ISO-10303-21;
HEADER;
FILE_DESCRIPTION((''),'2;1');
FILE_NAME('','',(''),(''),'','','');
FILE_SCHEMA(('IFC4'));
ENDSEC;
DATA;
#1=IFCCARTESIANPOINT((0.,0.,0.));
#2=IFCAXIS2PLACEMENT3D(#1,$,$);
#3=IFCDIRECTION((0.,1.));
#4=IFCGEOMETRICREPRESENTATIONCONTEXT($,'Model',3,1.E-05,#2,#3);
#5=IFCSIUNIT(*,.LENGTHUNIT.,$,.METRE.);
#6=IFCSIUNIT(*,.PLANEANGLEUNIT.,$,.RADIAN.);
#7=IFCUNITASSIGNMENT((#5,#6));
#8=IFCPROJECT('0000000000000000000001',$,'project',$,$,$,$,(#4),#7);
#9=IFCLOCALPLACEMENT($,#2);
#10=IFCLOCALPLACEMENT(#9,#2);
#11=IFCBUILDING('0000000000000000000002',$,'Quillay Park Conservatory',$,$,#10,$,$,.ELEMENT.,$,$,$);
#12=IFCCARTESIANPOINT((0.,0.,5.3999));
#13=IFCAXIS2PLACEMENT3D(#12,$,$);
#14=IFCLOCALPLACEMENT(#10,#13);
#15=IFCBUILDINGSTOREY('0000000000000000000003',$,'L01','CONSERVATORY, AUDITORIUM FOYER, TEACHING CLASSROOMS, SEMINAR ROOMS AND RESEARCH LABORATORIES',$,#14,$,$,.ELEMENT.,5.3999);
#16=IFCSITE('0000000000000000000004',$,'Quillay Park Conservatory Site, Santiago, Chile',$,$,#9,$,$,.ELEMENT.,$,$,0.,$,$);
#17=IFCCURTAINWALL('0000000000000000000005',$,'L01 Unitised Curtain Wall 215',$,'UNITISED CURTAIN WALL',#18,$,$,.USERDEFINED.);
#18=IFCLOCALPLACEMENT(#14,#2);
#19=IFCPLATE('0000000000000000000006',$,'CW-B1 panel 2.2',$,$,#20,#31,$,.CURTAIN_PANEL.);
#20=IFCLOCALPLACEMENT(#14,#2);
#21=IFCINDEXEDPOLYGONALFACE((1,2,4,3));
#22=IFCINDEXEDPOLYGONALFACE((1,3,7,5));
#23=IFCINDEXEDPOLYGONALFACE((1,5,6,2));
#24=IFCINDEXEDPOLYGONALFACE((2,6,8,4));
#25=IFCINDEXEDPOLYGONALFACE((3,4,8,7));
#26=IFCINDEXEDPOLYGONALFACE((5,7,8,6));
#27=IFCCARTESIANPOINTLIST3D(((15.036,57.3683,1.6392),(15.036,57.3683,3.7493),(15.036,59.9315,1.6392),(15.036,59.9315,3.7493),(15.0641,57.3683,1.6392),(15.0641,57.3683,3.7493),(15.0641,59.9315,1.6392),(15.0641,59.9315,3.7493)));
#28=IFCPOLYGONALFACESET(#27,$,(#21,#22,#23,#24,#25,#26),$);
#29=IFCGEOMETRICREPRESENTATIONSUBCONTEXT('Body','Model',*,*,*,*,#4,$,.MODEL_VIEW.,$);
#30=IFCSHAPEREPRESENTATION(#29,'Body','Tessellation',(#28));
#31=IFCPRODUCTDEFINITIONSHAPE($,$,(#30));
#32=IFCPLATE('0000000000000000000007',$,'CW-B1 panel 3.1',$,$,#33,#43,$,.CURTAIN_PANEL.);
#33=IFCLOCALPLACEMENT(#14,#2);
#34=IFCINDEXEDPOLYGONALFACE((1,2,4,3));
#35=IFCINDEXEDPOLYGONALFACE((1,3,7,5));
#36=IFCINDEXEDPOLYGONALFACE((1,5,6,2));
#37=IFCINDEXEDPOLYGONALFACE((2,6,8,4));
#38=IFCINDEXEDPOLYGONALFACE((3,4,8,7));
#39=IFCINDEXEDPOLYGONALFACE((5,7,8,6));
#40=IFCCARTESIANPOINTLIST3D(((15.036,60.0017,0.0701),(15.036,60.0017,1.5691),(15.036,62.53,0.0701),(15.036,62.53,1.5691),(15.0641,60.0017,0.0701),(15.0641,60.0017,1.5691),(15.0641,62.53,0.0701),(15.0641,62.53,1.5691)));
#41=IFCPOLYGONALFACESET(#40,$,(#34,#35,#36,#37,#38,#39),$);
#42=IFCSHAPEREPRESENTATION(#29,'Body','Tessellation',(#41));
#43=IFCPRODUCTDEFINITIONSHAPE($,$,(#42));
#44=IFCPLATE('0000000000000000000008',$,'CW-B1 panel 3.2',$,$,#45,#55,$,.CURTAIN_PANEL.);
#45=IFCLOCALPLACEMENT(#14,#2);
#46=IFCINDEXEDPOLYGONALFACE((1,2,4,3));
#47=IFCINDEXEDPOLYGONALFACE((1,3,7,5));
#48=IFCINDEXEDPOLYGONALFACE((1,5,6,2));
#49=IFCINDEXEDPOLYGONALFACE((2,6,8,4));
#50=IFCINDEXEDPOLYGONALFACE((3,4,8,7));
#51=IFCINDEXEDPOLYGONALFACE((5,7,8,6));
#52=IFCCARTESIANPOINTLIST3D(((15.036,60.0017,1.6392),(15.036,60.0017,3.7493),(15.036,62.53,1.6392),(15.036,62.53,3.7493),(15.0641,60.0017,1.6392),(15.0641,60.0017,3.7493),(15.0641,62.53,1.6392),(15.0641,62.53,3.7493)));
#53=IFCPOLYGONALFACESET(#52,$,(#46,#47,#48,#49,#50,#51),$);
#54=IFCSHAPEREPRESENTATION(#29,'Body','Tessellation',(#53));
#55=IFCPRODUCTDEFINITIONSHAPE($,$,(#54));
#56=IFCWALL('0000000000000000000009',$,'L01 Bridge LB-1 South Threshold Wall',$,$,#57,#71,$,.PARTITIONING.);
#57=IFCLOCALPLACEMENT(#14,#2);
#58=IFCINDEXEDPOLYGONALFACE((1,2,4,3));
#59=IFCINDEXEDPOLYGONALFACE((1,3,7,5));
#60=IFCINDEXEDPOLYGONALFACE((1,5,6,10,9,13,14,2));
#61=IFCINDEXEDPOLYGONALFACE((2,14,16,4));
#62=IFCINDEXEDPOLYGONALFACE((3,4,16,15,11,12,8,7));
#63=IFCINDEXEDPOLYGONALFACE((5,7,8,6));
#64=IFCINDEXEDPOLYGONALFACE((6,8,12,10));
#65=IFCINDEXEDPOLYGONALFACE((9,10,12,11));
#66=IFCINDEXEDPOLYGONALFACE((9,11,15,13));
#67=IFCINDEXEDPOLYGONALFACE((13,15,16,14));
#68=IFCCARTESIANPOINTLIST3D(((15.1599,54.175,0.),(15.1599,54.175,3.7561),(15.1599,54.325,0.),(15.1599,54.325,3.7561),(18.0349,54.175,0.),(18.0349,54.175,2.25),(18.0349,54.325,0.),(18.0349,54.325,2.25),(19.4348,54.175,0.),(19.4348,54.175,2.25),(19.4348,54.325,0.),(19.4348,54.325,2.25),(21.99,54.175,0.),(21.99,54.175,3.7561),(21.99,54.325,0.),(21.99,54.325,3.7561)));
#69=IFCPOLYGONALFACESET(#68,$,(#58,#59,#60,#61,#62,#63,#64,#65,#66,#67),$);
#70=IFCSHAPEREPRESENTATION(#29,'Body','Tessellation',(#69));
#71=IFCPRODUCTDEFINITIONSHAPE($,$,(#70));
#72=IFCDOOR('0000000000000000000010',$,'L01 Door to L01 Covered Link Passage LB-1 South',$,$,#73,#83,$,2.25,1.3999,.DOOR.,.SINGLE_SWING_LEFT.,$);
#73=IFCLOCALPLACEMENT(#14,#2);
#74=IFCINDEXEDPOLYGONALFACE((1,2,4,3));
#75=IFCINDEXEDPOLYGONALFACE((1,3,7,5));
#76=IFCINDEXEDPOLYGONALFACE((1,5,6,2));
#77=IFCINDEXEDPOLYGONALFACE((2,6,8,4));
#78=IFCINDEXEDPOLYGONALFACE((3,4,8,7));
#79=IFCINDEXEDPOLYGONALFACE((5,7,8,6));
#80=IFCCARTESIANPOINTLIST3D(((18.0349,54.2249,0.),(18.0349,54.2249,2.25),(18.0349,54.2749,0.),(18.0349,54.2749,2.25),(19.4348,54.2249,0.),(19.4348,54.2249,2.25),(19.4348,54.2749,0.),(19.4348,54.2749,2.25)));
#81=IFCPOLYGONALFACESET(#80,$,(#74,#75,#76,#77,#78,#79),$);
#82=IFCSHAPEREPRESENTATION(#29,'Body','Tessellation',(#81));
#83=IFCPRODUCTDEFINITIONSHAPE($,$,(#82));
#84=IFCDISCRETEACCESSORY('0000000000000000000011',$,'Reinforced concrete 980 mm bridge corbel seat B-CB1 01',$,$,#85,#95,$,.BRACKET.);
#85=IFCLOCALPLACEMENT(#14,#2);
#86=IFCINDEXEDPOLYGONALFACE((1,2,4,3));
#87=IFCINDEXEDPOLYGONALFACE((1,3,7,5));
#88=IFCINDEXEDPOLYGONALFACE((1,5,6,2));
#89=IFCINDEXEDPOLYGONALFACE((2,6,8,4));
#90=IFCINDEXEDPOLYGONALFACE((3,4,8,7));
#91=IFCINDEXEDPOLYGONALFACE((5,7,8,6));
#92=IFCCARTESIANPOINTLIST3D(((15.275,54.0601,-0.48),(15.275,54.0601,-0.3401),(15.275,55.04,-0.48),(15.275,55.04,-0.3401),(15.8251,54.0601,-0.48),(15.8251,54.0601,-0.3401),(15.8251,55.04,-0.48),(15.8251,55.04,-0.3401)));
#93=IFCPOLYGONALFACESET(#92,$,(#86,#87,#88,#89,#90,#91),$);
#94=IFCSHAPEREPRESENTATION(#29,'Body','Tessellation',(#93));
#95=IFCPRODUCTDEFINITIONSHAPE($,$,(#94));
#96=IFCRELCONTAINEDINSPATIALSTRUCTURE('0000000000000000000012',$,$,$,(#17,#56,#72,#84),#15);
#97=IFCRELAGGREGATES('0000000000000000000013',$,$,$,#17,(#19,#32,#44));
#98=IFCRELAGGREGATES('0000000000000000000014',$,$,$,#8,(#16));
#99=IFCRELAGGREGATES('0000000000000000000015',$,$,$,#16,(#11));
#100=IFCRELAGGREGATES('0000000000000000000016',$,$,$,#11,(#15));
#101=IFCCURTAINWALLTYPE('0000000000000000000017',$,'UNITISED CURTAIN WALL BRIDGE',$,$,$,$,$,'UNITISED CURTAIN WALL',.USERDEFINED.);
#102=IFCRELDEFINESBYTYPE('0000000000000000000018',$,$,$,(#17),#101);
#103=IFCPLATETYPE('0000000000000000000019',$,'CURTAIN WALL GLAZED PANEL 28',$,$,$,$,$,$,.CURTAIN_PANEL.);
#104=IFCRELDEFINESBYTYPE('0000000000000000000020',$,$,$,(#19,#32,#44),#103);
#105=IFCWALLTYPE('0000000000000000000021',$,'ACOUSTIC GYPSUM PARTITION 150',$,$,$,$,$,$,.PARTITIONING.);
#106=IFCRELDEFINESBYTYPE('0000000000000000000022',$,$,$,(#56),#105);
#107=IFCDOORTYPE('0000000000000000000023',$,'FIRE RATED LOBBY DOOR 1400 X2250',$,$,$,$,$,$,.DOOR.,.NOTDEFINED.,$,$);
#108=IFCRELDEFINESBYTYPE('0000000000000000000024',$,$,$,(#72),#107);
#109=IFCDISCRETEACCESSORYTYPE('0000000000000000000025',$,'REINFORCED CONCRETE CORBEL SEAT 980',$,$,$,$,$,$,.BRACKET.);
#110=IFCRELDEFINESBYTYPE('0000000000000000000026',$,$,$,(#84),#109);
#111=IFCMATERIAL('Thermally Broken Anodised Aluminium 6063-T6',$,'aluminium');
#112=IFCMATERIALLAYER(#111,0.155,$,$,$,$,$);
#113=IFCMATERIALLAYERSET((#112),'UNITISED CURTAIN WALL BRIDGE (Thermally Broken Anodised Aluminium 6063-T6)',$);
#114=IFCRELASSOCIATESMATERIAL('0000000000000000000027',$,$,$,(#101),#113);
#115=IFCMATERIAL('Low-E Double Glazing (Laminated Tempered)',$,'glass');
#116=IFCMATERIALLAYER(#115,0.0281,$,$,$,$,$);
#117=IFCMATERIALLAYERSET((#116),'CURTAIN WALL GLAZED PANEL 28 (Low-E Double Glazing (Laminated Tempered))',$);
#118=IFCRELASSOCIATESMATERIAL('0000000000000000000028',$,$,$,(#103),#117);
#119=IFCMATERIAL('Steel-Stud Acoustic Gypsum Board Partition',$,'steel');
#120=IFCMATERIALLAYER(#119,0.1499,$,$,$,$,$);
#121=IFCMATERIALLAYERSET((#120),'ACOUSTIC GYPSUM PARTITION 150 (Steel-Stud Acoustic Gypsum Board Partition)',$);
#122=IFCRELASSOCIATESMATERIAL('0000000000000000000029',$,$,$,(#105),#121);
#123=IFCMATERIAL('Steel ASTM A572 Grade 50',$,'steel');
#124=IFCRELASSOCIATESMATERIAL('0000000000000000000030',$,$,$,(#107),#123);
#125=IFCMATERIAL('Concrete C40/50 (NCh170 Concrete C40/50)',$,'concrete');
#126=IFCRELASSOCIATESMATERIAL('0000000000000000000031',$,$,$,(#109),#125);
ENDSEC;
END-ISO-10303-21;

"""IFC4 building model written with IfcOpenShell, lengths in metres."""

from ifc_helpers import new_model, si_unit, direction, frame, frame_2d, origin, origin_2d, place, context, subcontext, project, spatial, rectangle, extrude, material, layer, layer_set, type_object, element, fill, aggregate, save


model = new_model("IFC4")

# Units and contexts
model_context = context("Model", 3, precision=1e-05, world=origin(), true_north=direction((0.0, 1.0)))
body_context = subcontext(model_context, "Body", "Model", "MODEL_VIEW")
ifc_project = project(units=[si_unit("LENGTHUNIT", "METRE"), si_unit("PLANEANGLEUNIT", "RADIAN")], contexts=[model_context])

# Site, building, storey
site_placement = place(None, origin())
site = spatial("IfcSite", under=ifc_project, at=site_placement, Name="Quillay Park Conservatory Site, Santiago, Chile", CompositionType="ELEMENT", RefElevation=0.0)
building_placement = place(site_placement, origin())
building = spatial("IfcBuilding", under=site, at=building_placement, Name="Quillay Park Conservatory", CompositionType="ELEMENT")
storey_placement = place(building_placement, frame((0.0, 0.0, 5.3999)))
storey = spatial("IfcBuildingStorey", under=building, at=storey_placement, Name="L01", Description="CONSERVATORY, AUDITORIUM FOYER, TEACHING CLASSROOMS, SEMINAR ROOMS AND RESEARCH LABORATORIES", CompositionType="ELEMENT", Elevation=5.3999)

# Curtain wall
ifc_material_1 = material(Name="Thermally Broken Anodised Aluminium 6063-T6", Category="aluminium")
ifc_layer_1 = layer(ifc_material_1, 0.155)
ifc_layer_set_1 = layer_set([ifc_layer_1], Name="UNITISED CURTAIN WALL BRIDGE (Thermally Broken Anodised Aluminium 6063-T6)")
curtain_wall_type = type_object("IfcCurtainWallType", Name="UNITISED CURTAIN WALL BRIDGE", ElementType="UNITISED CURTAIN WALL", PredefinedType="USERDEFINED", material=ifc_layer_set_1)
curtain_wall_placement = place(storey_placement, origin())
curtain_wall = element("IfcCurtainWall", 1, at=curtain_wall_placement, inside=storey, type_object=curtain_wall_type, Name="L01 Unitised Curtain Wall 215", ObjectType="UNITISED CURTAIN WALL", PredefinedType="USERDEFINED")

# Plates
ifc_material_2 = material(Name="Low-E Double Glazing (Laminated Tempered)", Category="glass")
ifc_layer_2 = layer(ifc_material_2, 0.0281)
ifc_layer_set_2 = layer_set([ifc_layer_2], Name="CURTAIN WALL GLAZED PANEL 28 (Low-E Double Glazing (Laminated Tempered))")
plate_type = type_object("IfcPlateType", Name="CURTAIN WALL GLAZED PANEL 28", PredefinedType="CURTAIN_PANEL", material=ifc_layer_set_2)
plate_1_placement = place(storey_placement, frame((15.05, 58.6499, 1.6392), z_axis=(0.0, 0.0, 1.0), x_axis=(0.0, 1.0, 0.0)))
plate_1 = element("IfcPlate", 2, at=plate_1_placement, type_object=plate_type, Name="CW-B1 panel 2.2", PredefinedType="CURTAIN_PANEL", context=body_context, shape_type="SweptSolid", body=[
    extrude(rectangle(XDim=2.5632, YDim=0.0281, at=origin_2d()), origin(), (0.0, 0.0, 1.0), 2.1101),
])
plate_2_placement = place(storey_placement, frame((15.05, 61.2659, 0.0701), z_axis=(0.0, 0.0, 1.0), x_axis=(0.0, 1.0, 0.0)))
plate_2 = element("IfcPlate", 3, at=plate_2_placement, type_object=plate_type, Name="CW-B1 panel 3.1", PredefinedType="CURTAIN_PANEL", context=body_context, shape_type="SweptSolid", body=[
    extrude(rectangle(XDim=2.5283, YDim=0.0281, at=origin_2d()), origin(), (0.0, 0.0, 1.0), 1.499),
])
plate_3_placement = place(storey_placement, frame((15.05, 61.2659, 1.6392), z_axis=(0.0, 0.0, 1.0), x_axis=(0.0, 1.0, 0.0)))
plate_3 = element("IfcPlate", 4, at=plate_3_placement, type_object=plate_type, Name="CW-B1 panel 3.2", PredefinedType="CURTAIN_PANEL", context=body_context, shape_type="SweptSolid", body=[
    extrude(rectangle(XDim=2.5283, YDim=0.0281, at=origin_2d()), origin(), (0.0, 0.0, 1.0), 2.1101),
])
aggregate(curtain_wall, [plate_1, plate_2, plate_3])

# Wall, opening, door
ifc_material_3 = material(Name="Steel-Stud Acoustic Gypsum Board Partition", Category="steel")
ifc_layer_3 = layer(ifc_material_3, 0.1499)
ifc_layer_set_3 = layer_set([ifc_layer_3], Name="ACOUSTIC GYPSUM PARTITION 150 (Steel-Stud Acoustic Gypsum Board Partition)")
wall_type = type_object("IfcWallType", Name="ACOUSTIC GYPSUM PARTITION 150", PredefinedType="PARTITIONING", material=ifc_layer_set_3)
wall_placement = place(storey_placement, frame((15.1599, 54.25, 0.0), z_axis=(0.0, 0.0, 1.0), x_axis=(1.0, 0.0, 0.0)))
wall = element("IfcWall", 5, at=wall_placement, inside=storey, type_object=wall_type, Name="L01 Bridge LB-1 South Threshold Wall", PredefinedType="PARTITIONING", context=body_context, shape_type="SweptSolid", body=[
    extrude(rectangle(XDim=6.8301, YDim=0.1499, at=frame_2d((3.415, 0.0))), origin(), (0.0, 0.0, 1.0), 3.7561),
])
opening_placement = place(wall_placement, frame((2.875, 0.0, 0.0)))
opening = element("IfcOpeningElement", 6, at=opening_placement, cuts=wall, PredefinedType="OPENING", context=body_context, shape_type="SweptSolid", body=[
    extrude(rectangle(XDim=1.3999, YDim=2.25, at=frame_2d((0.7, 1.125))), frame((0.0, 0.075, 0.0), z_axis=(0.0, -1.0, 0.0), x_axis=(1.0, 0.0, 0.0)), (0.0, 0.0, 1.0), 0.1499),
])
ifc_material_4 = material(Name="Steel ASTM A572 Grade 50", Category="steel")
door_type = type_object("IfcDoorType", Name="FIRE RATED LOBBY DOOR 1400 X2250", OperationType="NOTDEFINED", PredefinedType="DOOR", material=ifc_material_4)
door_placement = place(opening_placement, origin())
door = element("IfcDoor", 7, at=door_placement, inside=storey, type_object=door_type, Name="L01 Door to L01 Covered Link Passage LB-1 South", OperationType="SINGLE_SWING_LEFT", OverallHeight=2.25, OverallWidth=1.3999, PredefinedType="DOOR", context=body_context, shape_type="SweptSolid", body=[
    extrude(rectangle(XDim=1.3999, YDim=2.25, at=frame_2d((0.7, 1.125))), frame((0.0, 0.0249, 0.0), z_axis=(0.0, -1.0, 0.0), x_axis=(1.0, 0.0, 0.0)), (0.0, 0.0, 1.0), 0.05),
])
fill(opening, door)

# Discrete accessory
ifc_material_5 = material(Name="Concrete C40/50 (NCh170 Concrete C40/50)", Category="concrete")
discrete_accessory_type = type_object("IfcDiscreteAccessoryType", Name="REINFORCED CONCRETE CORBEL SEAT 980", PredefinedType="BRACKET", material=ifc_material_5)
discrete_accessory_placement = place(storey_placement, frame((15.55, 54.55, -0.48), z_axis=(0.0, 0.0, 1.0), x_axis=(1.0, 0.0, 0.0)))
element("IfcDiscreteAccessory", 8, at=discrete_accessory_placement, inside=storey, type_object=discrete_accessory_type, Name="Reinforced concrete 980 mm bridge corbel seat B-CB1 01", PredefinedType="BRACKET", context=body_context, shape_type="SweptSolid", body=[
    extrude(rectangle(XDim=0.55, YDim=0.98, at=origin_2d()), origin(), (0.0, 0.0, 1.0), 0.1399),
])

save(model, "model.ifc")
